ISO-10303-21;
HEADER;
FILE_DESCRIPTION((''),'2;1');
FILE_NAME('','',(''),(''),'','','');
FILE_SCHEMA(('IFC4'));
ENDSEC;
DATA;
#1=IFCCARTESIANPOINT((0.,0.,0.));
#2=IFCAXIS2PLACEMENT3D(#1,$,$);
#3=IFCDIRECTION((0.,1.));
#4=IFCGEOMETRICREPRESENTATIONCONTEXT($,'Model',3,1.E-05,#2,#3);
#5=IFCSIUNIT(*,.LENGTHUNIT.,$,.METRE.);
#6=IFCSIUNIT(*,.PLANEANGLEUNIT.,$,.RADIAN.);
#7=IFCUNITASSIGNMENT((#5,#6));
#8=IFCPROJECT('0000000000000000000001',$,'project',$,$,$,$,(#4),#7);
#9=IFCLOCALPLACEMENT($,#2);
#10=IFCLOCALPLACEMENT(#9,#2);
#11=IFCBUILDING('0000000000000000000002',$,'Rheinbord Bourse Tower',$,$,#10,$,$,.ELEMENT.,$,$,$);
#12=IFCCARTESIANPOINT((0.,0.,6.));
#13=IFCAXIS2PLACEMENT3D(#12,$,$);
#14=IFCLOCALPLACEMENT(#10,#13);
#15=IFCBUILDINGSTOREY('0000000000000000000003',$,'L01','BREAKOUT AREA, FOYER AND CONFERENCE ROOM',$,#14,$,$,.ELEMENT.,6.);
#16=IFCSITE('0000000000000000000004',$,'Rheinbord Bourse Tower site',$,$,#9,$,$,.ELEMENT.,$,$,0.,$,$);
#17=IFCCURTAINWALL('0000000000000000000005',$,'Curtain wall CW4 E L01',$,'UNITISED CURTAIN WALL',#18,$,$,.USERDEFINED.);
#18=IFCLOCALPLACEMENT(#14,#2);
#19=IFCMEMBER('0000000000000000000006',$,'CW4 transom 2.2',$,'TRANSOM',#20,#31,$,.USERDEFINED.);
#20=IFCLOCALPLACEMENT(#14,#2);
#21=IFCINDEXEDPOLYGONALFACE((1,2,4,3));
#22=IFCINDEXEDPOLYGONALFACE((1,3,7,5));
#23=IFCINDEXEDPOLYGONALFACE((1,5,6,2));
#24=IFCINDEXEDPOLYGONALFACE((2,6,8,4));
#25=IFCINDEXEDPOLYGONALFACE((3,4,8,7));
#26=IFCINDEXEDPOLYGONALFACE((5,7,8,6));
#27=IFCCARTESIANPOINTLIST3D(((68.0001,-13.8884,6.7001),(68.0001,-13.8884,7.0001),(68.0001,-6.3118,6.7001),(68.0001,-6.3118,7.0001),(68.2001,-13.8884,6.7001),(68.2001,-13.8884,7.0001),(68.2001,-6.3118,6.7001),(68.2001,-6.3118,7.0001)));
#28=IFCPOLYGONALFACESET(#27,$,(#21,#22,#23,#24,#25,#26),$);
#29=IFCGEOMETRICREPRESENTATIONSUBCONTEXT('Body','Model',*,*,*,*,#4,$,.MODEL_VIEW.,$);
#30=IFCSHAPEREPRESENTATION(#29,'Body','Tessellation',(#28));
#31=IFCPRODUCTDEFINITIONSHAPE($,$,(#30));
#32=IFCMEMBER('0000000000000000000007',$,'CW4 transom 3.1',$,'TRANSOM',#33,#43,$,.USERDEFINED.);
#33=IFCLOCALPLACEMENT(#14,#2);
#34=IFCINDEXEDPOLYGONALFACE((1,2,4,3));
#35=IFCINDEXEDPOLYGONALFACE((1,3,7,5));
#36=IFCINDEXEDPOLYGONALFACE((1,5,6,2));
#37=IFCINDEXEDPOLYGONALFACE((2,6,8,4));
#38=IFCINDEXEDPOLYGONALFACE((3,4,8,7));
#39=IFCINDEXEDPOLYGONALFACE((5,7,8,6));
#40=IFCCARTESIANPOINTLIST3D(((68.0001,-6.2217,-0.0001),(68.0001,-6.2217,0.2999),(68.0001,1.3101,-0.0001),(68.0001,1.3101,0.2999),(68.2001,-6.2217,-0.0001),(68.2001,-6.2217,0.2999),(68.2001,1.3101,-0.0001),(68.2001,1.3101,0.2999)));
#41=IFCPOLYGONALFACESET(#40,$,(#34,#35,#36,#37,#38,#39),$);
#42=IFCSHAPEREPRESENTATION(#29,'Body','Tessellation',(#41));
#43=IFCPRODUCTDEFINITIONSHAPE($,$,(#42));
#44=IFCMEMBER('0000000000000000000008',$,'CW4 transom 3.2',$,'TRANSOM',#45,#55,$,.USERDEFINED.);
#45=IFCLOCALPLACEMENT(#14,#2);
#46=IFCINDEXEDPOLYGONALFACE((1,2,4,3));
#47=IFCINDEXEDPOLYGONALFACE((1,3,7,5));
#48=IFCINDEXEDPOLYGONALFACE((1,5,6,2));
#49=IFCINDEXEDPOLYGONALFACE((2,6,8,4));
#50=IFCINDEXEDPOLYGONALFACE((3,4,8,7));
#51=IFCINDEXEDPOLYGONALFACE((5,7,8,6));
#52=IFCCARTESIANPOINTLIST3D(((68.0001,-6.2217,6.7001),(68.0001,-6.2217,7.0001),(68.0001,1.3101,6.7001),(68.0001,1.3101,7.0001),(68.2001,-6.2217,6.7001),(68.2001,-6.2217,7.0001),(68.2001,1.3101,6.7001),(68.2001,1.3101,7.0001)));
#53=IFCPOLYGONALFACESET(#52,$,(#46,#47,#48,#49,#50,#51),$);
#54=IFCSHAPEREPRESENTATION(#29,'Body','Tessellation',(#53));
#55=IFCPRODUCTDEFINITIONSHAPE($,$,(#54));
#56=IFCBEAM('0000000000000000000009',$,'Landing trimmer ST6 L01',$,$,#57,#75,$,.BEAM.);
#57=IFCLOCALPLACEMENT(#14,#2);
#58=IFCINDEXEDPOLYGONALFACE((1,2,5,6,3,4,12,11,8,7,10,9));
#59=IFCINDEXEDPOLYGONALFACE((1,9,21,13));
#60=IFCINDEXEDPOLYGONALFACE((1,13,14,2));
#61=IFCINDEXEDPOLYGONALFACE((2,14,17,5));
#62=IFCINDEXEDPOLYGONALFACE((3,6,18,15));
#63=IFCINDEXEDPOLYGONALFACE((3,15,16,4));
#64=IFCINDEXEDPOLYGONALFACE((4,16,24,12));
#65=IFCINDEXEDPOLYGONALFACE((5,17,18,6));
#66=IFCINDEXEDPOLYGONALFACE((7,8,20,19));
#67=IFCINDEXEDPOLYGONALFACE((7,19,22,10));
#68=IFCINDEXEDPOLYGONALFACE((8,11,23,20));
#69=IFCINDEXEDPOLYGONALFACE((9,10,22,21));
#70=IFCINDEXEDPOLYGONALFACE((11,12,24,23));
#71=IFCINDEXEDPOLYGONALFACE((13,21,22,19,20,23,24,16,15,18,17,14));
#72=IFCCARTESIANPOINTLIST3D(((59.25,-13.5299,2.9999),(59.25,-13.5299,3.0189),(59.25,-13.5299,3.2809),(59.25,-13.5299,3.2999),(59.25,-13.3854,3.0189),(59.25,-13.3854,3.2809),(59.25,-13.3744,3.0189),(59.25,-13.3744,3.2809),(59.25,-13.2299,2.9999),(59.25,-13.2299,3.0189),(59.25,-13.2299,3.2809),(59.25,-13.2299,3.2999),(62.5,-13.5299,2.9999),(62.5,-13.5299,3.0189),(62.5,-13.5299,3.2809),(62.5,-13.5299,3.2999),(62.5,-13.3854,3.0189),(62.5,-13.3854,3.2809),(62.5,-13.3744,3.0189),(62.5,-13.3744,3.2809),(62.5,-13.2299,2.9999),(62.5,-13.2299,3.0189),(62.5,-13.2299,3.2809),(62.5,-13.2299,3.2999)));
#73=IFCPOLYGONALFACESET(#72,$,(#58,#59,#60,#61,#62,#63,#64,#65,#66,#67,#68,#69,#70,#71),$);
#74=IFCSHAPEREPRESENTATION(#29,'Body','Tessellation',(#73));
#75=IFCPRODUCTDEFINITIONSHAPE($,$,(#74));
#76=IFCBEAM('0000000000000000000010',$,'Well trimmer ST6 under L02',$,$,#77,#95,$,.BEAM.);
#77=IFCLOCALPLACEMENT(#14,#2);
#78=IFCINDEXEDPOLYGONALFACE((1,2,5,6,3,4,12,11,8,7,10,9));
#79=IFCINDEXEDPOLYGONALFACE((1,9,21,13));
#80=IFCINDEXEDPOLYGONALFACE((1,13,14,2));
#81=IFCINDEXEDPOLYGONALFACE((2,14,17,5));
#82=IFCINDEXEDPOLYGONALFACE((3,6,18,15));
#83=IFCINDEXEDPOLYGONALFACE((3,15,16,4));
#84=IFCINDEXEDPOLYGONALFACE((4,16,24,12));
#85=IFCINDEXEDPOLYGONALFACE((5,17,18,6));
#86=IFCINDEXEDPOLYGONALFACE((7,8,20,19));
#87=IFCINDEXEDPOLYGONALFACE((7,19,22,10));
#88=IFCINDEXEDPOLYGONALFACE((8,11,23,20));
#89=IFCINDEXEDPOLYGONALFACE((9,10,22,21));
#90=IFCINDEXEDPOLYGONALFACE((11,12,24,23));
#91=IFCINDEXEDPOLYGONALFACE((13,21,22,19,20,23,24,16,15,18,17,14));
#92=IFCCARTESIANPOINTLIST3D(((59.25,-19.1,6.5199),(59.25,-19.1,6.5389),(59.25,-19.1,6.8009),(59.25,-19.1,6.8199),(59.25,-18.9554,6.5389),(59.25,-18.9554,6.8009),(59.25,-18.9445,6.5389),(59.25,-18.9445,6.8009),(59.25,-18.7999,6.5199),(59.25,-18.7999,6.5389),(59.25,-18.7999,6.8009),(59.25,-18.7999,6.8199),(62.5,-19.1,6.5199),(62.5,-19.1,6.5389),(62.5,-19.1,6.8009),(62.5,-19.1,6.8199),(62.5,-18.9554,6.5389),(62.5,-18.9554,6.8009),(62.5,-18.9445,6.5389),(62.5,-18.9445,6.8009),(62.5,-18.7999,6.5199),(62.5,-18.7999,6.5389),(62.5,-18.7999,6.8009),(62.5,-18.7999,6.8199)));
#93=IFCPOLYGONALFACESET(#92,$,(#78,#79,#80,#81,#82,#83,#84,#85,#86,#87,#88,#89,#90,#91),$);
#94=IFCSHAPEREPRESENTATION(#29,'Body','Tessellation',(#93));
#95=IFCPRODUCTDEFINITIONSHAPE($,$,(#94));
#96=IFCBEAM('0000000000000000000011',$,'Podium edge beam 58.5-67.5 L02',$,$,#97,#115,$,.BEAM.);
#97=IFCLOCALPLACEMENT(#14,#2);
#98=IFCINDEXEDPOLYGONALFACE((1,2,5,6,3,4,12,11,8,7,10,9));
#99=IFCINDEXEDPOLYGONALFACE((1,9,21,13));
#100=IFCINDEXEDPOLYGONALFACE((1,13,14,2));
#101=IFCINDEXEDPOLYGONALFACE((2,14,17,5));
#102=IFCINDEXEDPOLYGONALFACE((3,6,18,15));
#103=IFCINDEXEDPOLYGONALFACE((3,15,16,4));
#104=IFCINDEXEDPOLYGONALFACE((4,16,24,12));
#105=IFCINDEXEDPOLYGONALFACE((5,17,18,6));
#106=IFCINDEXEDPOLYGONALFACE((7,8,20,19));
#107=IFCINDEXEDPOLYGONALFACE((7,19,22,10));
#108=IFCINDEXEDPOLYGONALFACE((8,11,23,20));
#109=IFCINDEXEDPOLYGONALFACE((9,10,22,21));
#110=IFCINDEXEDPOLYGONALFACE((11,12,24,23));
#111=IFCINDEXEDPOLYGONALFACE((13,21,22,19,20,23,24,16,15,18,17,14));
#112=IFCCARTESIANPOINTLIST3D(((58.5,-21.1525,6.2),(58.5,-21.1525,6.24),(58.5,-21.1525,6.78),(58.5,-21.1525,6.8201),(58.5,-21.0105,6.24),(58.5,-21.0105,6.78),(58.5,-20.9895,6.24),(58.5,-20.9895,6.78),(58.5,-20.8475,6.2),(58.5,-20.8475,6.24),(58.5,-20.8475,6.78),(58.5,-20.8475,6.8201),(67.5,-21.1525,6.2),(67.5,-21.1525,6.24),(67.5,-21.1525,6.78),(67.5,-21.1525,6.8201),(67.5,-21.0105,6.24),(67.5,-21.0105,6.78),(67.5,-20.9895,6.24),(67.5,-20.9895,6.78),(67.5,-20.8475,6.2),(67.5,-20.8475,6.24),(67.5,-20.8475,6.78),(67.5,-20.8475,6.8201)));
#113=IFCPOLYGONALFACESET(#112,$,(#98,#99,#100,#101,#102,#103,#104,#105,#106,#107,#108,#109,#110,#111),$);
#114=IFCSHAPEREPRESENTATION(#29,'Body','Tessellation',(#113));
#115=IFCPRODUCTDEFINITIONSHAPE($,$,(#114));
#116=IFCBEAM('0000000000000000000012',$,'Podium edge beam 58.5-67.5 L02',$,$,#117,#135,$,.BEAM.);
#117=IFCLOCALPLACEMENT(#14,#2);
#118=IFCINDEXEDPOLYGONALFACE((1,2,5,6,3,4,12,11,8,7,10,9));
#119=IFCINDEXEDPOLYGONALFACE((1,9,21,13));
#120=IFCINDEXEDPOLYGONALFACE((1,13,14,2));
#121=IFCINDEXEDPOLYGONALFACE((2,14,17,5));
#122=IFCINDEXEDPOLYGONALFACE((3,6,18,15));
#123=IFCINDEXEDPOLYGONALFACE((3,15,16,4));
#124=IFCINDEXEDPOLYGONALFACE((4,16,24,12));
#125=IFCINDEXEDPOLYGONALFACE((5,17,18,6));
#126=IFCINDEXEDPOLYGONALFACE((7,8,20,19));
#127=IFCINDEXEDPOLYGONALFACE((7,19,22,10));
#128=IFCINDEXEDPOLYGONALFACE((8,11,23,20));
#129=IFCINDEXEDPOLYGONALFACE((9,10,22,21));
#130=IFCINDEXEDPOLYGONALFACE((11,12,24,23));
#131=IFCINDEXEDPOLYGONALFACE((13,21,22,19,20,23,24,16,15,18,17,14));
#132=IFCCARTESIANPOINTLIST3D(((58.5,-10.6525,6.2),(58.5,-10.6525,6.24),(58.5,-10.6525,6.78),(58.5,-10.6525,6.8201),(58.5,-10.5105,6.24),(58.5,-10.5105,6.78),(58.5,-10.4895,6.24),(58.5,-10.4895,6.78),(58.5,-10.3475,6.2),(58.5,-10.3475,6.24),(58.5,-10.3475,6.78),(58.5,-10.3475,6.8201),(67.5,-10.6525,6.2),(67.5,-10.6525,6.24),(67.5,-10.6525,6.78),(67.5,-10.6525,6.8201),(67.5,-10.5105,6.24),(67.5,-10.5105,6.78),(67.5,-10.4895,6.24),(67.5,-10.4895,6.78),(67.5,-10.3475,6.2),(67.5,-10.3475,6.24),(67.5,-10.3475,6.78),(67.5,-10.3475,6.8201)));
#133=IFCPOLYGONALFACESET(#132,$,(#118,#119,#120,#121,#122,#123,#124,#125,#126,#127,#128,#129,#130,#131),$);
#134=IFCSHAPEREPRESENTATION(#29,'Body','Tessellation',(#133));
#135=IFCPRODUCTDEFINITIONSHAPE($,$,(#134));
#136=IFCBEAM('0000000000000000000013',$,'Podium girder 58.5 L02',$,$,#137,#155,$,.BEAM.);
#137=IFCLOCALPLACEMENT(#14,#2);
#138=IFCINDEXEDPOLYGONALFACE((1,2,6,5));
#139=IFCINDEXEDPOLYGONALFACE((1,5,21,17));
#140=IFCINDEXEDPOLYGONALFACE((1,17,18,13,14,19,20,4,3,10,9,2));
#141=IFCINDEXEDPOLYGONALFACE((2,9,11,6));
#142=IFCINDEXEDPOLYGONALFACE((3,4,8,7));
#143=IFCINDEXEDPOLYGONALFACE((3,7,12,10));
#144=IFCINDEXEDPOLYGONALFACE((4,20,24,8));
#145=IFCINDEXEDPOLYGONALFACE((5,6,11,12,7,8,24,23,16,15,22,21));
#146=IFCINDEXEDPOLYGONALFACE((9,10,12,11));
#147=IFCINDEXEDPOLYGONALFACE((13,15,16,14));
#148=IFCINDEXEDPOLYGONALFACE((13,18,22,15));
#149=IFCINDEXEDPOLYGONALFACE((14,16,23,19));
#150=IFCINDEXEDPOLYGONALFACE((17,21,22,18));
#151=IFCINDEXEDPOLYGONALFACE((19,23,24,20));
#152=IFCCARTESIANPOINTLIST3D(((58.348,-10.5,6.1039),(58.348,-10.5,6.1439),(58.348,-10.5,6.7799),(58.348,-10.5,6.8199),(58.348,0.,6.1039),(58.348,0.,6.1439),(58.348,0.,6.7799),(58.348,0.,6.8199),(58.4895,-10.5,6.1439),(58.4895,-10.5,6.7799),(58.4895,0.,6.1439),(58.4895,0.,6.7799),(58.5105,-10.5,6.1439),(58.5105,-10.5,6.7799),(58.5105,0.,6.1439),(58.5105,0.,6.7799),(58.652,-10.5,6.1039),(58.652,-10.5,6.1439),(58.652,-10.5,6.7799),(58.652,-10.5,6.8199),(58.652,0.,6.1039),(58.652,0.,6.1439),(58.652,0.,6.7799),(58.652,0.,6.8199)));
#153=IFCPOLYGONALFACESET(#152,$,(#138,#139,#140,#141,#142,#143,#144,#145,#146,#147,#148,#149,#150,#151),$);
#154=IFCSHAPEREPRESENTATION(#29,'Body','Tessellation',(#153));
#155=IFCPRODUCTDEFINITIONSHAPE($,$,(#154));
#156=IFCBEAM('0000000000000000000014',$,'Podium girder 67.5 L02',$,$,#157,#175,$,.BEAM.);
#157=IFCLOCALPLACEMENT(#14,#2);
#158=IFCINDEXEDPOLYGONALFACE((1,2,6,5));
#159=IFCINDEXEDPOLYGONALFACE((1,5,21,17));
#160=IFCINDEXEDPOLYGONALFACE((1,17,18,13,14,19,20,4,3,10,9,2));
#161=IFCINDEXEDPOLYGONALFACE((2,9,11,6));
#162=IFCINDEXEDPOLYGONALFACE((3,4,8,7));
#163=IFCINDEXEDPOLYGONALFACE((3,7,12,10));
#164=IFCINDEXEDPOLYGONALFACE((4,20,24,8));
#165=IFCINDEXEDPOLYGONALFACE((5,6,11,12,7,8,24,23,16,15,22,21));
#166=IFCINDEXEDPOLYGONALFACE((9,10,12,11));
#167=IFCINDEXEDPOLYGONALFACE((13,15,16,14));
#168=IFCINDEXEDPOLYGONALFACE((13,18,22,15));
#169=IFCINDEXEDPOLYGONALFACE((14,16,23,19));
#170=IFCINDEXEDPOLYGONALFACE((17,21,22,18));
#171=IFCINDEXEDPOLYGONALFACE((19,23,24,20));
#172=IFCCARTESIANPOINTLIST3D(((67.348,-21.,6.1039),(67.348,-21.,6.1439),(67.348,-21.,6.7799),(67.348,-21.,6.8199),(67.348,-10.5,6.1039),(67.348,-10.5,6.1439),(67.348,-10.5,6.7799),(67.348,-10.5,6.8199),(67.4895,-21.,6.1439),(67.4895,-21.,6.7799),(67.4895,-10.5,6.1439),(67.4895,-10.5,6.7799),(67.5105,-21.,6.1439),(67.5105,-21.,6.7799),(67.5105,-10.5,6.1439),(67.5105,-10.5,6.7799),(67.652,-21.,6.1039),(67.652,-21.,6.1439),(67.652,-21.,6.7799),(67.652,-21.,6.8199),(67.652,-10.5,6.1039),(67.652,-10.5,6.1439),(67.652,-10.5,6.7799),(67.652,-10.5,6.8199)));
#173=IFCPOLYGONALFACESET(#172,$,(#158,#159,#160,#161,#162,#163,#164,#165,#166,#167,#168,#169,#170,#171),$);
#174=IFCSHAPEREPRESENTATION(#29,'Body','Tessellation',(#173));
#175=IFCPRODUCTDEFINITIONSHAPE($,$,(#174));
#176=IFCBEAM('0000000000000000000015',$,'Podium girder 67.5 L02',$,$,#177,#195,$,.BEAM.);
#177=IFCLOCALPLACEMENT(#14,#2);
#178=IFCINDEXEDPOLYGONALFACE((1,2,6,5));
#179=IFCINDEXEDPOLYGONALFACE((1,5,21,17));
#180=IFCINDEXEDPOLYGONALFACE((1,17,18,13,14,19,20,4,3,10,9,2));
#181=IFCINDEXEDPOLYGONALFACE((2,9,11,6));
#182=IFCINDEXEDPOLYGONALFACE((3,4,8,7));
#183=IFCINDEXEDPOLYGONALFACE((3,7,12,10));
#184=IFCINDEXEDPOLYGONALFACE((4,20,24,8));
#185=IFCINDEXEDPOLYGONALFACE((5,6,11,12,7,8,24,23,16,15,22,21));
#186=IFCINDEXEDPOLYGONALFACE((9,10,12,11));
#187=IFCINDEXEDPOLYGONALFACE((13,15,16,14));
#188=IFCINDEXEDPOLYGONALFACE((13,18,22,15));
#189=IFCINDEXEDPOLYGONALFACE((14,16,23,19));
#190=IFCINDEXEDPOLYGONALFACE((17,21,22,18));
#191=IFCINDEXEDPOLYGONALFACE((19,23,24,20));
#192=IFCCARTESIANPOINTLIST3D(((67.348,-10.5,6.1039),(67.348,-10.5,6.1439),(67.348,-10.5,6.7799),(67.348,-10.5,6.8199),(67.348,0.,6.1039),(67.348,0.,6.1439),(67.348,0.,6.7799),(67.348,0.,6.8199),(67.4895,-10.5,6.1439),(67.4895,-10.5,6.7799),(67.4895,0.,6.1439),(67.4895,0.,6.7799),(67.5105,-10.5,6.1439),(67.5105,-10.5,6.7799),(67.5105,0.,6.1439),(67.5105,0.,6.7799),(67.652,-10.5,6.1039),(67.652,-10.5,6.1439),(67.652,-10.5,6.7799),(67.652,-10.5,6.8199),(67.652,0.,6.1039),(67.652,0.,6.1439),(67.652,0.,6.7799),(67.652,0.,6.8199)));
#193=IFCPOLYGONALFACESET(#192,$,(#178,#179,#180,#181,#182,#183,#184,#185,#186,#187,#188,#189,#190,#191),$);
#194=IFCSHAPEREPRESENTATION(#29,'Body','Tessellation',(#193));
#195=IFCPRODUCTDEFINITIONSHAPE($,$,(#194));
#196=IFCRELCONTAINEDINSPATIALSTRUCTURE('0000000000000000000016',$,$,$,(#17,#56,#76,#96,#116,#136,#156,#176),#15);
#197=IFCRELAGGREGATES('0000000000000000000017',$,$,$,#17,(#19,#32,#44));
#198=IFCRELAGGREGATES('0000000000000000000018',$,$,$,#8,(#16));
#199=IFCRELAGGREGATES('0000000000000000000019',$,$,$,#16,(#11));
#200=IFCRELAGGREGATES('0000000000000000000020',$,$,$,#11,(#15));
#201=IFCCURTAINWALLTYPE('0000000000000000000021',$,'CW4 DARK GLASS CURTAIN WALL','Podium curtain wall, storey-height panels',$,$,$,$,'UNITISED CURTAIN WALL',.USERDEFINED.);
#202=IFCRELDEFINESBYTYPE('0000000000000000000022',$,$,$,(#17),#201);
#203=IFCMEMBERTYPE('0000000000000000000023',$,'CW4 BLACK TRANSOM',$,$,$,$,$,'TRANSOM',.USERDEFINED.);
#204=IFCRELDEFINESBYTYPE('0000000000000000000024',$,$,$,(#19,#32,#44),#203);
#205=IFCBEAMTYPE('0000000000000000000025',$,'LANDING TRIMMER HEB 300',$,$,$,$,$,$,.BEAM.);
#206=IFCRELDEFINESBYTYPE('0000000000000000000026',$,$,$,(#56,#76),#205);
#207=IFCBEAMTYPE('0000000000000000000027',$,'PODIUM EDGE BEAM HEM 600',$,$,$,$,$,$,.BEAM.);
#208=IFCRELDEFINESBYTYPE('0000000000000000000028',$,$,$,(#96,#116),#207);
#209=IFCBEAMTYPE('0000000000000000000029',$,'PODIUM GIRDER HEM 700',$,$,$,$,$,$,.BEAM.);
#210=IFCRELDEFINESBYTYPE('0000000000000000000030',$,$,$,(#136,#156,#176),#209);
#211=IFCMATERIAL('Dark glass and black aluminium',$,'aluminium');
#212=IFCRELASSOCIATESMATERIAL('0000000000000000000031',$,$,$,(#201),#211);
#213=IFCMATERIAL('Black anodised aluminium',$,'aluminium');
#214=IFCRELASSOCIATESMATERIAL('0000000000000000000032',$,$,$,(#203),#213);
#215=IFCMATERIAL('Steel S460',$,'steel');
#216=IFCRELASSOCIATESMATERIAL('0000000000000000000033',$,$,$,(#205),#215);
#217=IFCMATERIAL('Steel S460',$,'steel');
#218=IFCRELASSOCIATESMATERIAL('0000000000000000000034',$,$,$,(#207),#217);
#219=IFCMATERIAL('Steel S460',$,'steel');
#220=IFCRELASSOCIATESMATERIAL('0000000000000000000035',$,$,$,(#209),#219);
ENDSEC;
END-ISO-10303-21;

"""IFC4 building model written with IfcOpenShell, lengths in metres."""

from ifc_helpers import new_model, si_unit, direction, frame, origin, origin_2d, place, context, subcontext, project, spatial, rectangle, i_section, extrude, material, material_profile, profile_set, type_object, element, aggregate, save


model = new_model("IFC4")

# Units and contexts
model_context = context("Model", 3, precision=1e-05, world=origin(), true_north=direction((0.0, 1.0)))
body_context = subcontext(model_context, "Body", "Model", "MODEL_VIEW")
ifc_project = project(units=[si_unit("LENGTHUNIT", "METRE"), si_unit("PLANEANGLEUNIT", "RADIAN")], contexts=[model_context])

# Site, building, storey
site_placement = place(None, origin())
site = spatial("IfcSite", under=ifc_project, at=site_placement, Name="Rheinbord Bourse Tower site", CompositionType="ELEMENT", RefElevation=0.0)
building_placement = place(site_placement, origin())
building = spatial("IfcBuilding", under=site, at=building_placement, Name="Rheinbord Bourse Tower", CompositionType="ELEMENT")
storey_placement = place(building_placement, frame((0.0, 0.0, 6.0)))
storey = spatial("IfcBuildingStorey", under=building, at=storey_placement, Name="L01", Description="BREAKOUT AREA, FOYER AND CONFERENCE ROOM", CompositionType="ELEMENT", Elevation=6.0)

# Curtain wall
ifc_material_1 = material(Name="Dark glass and black aluminium", Category="aluminium")
curtain_wall_type = type_object("IfcCurtainWallType", Name="CW4 DARK GLASS CURTAIN WALL", Description="Podium curtain wall, storey-height panels", ElementType="UNITISED CURTAIN WALL", PredefinedType="USERDEFINED", material=ifc_material_1)
curtain_wall_1_placement = place(storey_placement, origin())
curtain_wall_1 = element("IfcCurtainWall", 1, at=curtain_wall_1_placement, inside=storey, type_object=curtain_wall_type, Name="Curtain wall CW4 E L01", ObjectType="UNITISED CURTAIN WALL", PredefinedType="USERDEFINED")

# Members
ifc_material_2 = material(Name="Black anodised aluminium", Category="aluminium")
ifc_material_profile_1 = material_profile(ifc_material_2, rectangle(XDim=0.2, YDim=0.3, at=origin_2d()), Name="CW4 TRANSOM 300x200")
ifc_profile_set_1 = profile_set([ifc_material_profile_1], Name="Black anodised aluminium")
member_type_1 = type_object("IfcMemberType", Name="CW4 BLACK TRANSOM", ElementType="TRANSOM", PredefinedType="USERDEFINED", material=ifc_profile_set_1)
member_1_placement = place(storey_placement, frame((68.1001, -13.8884, 6.8501), z_axis=(0.0, 1.0, 0.0), x_axis=(-1.0, 0.0, 0.0)))
member_1 = element("IfcMember", 2, at=member_1_placement, type_object=member_type_1, Name="CW4 transom 2.2", ObjectType="TRANSOM", PredefinedType="USERDEFINED", context=body_context, shape_type="SweptSolid", body=[
    extrude(rectangle(XDim=0.2, YDim=0.3, at=origin_2d()), origin(), (0.0, 0.0, 1.0), 7.5767),
])
member_2_placement = place(storey_placement, frame((68.1001, -6.2217, 0.1499), z_axis=(0.0, 1.0, 0.0), x_axis=(-1.0, 0.0, 0.0)))
member_2 = element("IfcMember", 3, at=member_2_placement, type_object=member_type_1, Name="CW4 transom 3.1", ObjectType="TRANSOM", PredefinedType="USERDEFINED", context=body_context, shape_type="SweptSolid", body=[
    extrude(rectangle(XDim=0.2, YDim=0.3, at=origin_2d()), origin(), (0.0, 0.0, 1.0), 7.5317),
])
member_3_placement = place(storey_placement, frame((68.1001, -6.2217, 6.8501), z_axis=(0.0, 1.0, 0.0), x_axis=(-1.0, 0.0, 0.0)))
member_3 = element("IfcMember", 4, at=member_3_placement, type_object=member_type_1, Name="CW4 transom 3.2", ObjectType="TRANSOM", PredefinedType="USERDEFINED", context=body_context, shape_type="SweptSolid", body=[
    extrude(rectangle(XDim=0.2, YDim=0.3, at=origin_2d()), origin(), (0.0, 0.0, 1.0), 7.5317),
])

# Beams
ifc_material_3 = material(Name="Steel S460", Category="steel")
ifc_material_profile_2 = material_profile(ifc_material_3, i_section(OverallWidth=0.3, OverallDepth=0.3, WebThickness=0.011, FlangeThickness=0.019, at=origin_2d()), Name="HEB 300")
ifc_profile_set_2 = profile_set([ifc_material_profile_2], Name="Steel S460")
beam_type_1 = type_object("IfcBeamType", Name="LANDING TRIMMER HEB 300", PredefinedType="BEAM", material=ifc_profile_set_2)
for number, where, z_axis, x_axis, name in (
    (5, (59.25, -13.3799, 3.1499), (1.0, 0.0, 0.0), (0.0, 1.0, 0.0), "Landing trimmer ST6 L01"),
    (6, (59.25, -18.95, 6.6699), (1.0, 0.0, 0.0), (0.0, 1.0, 0.0), "Well trimmer ST6 under L02"),
):
    element("IfcBeam", number, at=place(storey_placement, frame(where, z_axis=z_axis, x_axis=x_axis)), inside=storey, type_object=beam_type_1, Name=name, PredefinedType="BEAM", context=body_context, shape_type="SweptSolid", body=[
        extrude(i_section(OverallWidth=0.3, OverallDepth=0.3, WebThickness=0.011, FlangeThickness=0.019, at=origin_2d()), origin(), (0.0, 0.0, 1.0), 3.25),
    ])
ifc_material_4 = material(Name="Steel S460", Category="steel")
ifc_material_profile_3 = material_profile(ifc_material_4, i_section(OverallWidth=0.3049, OverallDepth=0.6201, WebThickness=0.021, FlangeThickness=0.04, at=origin_2d()), Name="HEM 600")
ifc_profile_set_3 = profile_set([ifc_material_profile_3], Name="Steel S460")
beam_type_2 = type_object("IfcBeamType", Name="PODIUM EDGE BEAM HEM 600", PredefinedType="BEAM", material=ifc_profile_set_3)
for number, where, z_axis, x_axis, name in (
    (7, (58.5, -21.0, 6.51), (1.0, 0.0, 0.0), (0.0, 1.0, 0.0), "Podium edge beam 58.5-67.5 L02"),
    (8, (58.5, -10.5, 6.51), (1.0, 0.0, 0.0), (0.0, 1.0, 0.0), "Podium edge beam 58.5-67.5 L02"),
):
    element("IfcBeam", number, at=place(storey_placement, frame(where, z_axis=z_axis, x_axis=x_axis)), inside=storey, type_object=beam_type_2, Name=name, PredefinedType="BEAM", context=body_context, shape_type="SweptSolid", body=[
        extrude(i_section(OverallWidth=0.3049, OverallDepth=0.6201, WebThickness=0.021, FlangeThickness=0.04, at=origin_2d()), origin(), (0.0, 0.0, 1.0), 9.0),
    ])
ifc_material_5 = material(Name="Steel S460", Category="steel")
ifc_material_profile_4 = material_profile(ifc_material_5, i_section(OverallWidth=0.304, OverallDepth=0.7161, WebThickness=0.021, FlangeThickness=0.04, at=origin_2d()), Name="HEM 700")
ifc_profile_set_4 = profile_set([ifc_material_profile_4], Name="Steel S460")
beam_type_3 = type_object("IfcBeamType", Name="PODIUM GIRDER HEM 700", PredefinedType="BEAM", material=ifc_profile_set_4)
for number, where, z_axis, x_axis, name in (
    (9, (58.5, -10.5, 6.4619), (0.0, 1.0, 0.0), (-1.0, 0.0, 0.0), "Podium girder 58.5 L02"),
    (10, (67.5, -21.0, 6.4619), (0.0, 1.0, 0.0), (-1.0, 0.0, 0.0), "Podium girder 67.5 L02"),
    (11, (67.5, -10.5, 6.4619), (0.0, 1.0, 0.0), (-1.0, 0.0, 0.0), "Podium girder 67.5 L02"),
):
    element("IfcBeam", number, at=place(storey_placement, frame(where, z_axis=z_axis, x_axis=x_axis)), inside=storey, type_object=beam_type_3, Name=name, PredefinedType="BEAM", context=body_context, shape_type="SweptSolid", body=[
        extrude(i_section(OverallWidth=0.304, OverallDepth=0.7161, WebThickness=0.021, FlangeThickness=0.04, at=origin_2d()), origin(), (0.0, 0.0, 1.0), 10.5),
    ])

aggregate(curtain_wall_1, [member_1, member_2, member_3])

save(model, "model.ifc")
